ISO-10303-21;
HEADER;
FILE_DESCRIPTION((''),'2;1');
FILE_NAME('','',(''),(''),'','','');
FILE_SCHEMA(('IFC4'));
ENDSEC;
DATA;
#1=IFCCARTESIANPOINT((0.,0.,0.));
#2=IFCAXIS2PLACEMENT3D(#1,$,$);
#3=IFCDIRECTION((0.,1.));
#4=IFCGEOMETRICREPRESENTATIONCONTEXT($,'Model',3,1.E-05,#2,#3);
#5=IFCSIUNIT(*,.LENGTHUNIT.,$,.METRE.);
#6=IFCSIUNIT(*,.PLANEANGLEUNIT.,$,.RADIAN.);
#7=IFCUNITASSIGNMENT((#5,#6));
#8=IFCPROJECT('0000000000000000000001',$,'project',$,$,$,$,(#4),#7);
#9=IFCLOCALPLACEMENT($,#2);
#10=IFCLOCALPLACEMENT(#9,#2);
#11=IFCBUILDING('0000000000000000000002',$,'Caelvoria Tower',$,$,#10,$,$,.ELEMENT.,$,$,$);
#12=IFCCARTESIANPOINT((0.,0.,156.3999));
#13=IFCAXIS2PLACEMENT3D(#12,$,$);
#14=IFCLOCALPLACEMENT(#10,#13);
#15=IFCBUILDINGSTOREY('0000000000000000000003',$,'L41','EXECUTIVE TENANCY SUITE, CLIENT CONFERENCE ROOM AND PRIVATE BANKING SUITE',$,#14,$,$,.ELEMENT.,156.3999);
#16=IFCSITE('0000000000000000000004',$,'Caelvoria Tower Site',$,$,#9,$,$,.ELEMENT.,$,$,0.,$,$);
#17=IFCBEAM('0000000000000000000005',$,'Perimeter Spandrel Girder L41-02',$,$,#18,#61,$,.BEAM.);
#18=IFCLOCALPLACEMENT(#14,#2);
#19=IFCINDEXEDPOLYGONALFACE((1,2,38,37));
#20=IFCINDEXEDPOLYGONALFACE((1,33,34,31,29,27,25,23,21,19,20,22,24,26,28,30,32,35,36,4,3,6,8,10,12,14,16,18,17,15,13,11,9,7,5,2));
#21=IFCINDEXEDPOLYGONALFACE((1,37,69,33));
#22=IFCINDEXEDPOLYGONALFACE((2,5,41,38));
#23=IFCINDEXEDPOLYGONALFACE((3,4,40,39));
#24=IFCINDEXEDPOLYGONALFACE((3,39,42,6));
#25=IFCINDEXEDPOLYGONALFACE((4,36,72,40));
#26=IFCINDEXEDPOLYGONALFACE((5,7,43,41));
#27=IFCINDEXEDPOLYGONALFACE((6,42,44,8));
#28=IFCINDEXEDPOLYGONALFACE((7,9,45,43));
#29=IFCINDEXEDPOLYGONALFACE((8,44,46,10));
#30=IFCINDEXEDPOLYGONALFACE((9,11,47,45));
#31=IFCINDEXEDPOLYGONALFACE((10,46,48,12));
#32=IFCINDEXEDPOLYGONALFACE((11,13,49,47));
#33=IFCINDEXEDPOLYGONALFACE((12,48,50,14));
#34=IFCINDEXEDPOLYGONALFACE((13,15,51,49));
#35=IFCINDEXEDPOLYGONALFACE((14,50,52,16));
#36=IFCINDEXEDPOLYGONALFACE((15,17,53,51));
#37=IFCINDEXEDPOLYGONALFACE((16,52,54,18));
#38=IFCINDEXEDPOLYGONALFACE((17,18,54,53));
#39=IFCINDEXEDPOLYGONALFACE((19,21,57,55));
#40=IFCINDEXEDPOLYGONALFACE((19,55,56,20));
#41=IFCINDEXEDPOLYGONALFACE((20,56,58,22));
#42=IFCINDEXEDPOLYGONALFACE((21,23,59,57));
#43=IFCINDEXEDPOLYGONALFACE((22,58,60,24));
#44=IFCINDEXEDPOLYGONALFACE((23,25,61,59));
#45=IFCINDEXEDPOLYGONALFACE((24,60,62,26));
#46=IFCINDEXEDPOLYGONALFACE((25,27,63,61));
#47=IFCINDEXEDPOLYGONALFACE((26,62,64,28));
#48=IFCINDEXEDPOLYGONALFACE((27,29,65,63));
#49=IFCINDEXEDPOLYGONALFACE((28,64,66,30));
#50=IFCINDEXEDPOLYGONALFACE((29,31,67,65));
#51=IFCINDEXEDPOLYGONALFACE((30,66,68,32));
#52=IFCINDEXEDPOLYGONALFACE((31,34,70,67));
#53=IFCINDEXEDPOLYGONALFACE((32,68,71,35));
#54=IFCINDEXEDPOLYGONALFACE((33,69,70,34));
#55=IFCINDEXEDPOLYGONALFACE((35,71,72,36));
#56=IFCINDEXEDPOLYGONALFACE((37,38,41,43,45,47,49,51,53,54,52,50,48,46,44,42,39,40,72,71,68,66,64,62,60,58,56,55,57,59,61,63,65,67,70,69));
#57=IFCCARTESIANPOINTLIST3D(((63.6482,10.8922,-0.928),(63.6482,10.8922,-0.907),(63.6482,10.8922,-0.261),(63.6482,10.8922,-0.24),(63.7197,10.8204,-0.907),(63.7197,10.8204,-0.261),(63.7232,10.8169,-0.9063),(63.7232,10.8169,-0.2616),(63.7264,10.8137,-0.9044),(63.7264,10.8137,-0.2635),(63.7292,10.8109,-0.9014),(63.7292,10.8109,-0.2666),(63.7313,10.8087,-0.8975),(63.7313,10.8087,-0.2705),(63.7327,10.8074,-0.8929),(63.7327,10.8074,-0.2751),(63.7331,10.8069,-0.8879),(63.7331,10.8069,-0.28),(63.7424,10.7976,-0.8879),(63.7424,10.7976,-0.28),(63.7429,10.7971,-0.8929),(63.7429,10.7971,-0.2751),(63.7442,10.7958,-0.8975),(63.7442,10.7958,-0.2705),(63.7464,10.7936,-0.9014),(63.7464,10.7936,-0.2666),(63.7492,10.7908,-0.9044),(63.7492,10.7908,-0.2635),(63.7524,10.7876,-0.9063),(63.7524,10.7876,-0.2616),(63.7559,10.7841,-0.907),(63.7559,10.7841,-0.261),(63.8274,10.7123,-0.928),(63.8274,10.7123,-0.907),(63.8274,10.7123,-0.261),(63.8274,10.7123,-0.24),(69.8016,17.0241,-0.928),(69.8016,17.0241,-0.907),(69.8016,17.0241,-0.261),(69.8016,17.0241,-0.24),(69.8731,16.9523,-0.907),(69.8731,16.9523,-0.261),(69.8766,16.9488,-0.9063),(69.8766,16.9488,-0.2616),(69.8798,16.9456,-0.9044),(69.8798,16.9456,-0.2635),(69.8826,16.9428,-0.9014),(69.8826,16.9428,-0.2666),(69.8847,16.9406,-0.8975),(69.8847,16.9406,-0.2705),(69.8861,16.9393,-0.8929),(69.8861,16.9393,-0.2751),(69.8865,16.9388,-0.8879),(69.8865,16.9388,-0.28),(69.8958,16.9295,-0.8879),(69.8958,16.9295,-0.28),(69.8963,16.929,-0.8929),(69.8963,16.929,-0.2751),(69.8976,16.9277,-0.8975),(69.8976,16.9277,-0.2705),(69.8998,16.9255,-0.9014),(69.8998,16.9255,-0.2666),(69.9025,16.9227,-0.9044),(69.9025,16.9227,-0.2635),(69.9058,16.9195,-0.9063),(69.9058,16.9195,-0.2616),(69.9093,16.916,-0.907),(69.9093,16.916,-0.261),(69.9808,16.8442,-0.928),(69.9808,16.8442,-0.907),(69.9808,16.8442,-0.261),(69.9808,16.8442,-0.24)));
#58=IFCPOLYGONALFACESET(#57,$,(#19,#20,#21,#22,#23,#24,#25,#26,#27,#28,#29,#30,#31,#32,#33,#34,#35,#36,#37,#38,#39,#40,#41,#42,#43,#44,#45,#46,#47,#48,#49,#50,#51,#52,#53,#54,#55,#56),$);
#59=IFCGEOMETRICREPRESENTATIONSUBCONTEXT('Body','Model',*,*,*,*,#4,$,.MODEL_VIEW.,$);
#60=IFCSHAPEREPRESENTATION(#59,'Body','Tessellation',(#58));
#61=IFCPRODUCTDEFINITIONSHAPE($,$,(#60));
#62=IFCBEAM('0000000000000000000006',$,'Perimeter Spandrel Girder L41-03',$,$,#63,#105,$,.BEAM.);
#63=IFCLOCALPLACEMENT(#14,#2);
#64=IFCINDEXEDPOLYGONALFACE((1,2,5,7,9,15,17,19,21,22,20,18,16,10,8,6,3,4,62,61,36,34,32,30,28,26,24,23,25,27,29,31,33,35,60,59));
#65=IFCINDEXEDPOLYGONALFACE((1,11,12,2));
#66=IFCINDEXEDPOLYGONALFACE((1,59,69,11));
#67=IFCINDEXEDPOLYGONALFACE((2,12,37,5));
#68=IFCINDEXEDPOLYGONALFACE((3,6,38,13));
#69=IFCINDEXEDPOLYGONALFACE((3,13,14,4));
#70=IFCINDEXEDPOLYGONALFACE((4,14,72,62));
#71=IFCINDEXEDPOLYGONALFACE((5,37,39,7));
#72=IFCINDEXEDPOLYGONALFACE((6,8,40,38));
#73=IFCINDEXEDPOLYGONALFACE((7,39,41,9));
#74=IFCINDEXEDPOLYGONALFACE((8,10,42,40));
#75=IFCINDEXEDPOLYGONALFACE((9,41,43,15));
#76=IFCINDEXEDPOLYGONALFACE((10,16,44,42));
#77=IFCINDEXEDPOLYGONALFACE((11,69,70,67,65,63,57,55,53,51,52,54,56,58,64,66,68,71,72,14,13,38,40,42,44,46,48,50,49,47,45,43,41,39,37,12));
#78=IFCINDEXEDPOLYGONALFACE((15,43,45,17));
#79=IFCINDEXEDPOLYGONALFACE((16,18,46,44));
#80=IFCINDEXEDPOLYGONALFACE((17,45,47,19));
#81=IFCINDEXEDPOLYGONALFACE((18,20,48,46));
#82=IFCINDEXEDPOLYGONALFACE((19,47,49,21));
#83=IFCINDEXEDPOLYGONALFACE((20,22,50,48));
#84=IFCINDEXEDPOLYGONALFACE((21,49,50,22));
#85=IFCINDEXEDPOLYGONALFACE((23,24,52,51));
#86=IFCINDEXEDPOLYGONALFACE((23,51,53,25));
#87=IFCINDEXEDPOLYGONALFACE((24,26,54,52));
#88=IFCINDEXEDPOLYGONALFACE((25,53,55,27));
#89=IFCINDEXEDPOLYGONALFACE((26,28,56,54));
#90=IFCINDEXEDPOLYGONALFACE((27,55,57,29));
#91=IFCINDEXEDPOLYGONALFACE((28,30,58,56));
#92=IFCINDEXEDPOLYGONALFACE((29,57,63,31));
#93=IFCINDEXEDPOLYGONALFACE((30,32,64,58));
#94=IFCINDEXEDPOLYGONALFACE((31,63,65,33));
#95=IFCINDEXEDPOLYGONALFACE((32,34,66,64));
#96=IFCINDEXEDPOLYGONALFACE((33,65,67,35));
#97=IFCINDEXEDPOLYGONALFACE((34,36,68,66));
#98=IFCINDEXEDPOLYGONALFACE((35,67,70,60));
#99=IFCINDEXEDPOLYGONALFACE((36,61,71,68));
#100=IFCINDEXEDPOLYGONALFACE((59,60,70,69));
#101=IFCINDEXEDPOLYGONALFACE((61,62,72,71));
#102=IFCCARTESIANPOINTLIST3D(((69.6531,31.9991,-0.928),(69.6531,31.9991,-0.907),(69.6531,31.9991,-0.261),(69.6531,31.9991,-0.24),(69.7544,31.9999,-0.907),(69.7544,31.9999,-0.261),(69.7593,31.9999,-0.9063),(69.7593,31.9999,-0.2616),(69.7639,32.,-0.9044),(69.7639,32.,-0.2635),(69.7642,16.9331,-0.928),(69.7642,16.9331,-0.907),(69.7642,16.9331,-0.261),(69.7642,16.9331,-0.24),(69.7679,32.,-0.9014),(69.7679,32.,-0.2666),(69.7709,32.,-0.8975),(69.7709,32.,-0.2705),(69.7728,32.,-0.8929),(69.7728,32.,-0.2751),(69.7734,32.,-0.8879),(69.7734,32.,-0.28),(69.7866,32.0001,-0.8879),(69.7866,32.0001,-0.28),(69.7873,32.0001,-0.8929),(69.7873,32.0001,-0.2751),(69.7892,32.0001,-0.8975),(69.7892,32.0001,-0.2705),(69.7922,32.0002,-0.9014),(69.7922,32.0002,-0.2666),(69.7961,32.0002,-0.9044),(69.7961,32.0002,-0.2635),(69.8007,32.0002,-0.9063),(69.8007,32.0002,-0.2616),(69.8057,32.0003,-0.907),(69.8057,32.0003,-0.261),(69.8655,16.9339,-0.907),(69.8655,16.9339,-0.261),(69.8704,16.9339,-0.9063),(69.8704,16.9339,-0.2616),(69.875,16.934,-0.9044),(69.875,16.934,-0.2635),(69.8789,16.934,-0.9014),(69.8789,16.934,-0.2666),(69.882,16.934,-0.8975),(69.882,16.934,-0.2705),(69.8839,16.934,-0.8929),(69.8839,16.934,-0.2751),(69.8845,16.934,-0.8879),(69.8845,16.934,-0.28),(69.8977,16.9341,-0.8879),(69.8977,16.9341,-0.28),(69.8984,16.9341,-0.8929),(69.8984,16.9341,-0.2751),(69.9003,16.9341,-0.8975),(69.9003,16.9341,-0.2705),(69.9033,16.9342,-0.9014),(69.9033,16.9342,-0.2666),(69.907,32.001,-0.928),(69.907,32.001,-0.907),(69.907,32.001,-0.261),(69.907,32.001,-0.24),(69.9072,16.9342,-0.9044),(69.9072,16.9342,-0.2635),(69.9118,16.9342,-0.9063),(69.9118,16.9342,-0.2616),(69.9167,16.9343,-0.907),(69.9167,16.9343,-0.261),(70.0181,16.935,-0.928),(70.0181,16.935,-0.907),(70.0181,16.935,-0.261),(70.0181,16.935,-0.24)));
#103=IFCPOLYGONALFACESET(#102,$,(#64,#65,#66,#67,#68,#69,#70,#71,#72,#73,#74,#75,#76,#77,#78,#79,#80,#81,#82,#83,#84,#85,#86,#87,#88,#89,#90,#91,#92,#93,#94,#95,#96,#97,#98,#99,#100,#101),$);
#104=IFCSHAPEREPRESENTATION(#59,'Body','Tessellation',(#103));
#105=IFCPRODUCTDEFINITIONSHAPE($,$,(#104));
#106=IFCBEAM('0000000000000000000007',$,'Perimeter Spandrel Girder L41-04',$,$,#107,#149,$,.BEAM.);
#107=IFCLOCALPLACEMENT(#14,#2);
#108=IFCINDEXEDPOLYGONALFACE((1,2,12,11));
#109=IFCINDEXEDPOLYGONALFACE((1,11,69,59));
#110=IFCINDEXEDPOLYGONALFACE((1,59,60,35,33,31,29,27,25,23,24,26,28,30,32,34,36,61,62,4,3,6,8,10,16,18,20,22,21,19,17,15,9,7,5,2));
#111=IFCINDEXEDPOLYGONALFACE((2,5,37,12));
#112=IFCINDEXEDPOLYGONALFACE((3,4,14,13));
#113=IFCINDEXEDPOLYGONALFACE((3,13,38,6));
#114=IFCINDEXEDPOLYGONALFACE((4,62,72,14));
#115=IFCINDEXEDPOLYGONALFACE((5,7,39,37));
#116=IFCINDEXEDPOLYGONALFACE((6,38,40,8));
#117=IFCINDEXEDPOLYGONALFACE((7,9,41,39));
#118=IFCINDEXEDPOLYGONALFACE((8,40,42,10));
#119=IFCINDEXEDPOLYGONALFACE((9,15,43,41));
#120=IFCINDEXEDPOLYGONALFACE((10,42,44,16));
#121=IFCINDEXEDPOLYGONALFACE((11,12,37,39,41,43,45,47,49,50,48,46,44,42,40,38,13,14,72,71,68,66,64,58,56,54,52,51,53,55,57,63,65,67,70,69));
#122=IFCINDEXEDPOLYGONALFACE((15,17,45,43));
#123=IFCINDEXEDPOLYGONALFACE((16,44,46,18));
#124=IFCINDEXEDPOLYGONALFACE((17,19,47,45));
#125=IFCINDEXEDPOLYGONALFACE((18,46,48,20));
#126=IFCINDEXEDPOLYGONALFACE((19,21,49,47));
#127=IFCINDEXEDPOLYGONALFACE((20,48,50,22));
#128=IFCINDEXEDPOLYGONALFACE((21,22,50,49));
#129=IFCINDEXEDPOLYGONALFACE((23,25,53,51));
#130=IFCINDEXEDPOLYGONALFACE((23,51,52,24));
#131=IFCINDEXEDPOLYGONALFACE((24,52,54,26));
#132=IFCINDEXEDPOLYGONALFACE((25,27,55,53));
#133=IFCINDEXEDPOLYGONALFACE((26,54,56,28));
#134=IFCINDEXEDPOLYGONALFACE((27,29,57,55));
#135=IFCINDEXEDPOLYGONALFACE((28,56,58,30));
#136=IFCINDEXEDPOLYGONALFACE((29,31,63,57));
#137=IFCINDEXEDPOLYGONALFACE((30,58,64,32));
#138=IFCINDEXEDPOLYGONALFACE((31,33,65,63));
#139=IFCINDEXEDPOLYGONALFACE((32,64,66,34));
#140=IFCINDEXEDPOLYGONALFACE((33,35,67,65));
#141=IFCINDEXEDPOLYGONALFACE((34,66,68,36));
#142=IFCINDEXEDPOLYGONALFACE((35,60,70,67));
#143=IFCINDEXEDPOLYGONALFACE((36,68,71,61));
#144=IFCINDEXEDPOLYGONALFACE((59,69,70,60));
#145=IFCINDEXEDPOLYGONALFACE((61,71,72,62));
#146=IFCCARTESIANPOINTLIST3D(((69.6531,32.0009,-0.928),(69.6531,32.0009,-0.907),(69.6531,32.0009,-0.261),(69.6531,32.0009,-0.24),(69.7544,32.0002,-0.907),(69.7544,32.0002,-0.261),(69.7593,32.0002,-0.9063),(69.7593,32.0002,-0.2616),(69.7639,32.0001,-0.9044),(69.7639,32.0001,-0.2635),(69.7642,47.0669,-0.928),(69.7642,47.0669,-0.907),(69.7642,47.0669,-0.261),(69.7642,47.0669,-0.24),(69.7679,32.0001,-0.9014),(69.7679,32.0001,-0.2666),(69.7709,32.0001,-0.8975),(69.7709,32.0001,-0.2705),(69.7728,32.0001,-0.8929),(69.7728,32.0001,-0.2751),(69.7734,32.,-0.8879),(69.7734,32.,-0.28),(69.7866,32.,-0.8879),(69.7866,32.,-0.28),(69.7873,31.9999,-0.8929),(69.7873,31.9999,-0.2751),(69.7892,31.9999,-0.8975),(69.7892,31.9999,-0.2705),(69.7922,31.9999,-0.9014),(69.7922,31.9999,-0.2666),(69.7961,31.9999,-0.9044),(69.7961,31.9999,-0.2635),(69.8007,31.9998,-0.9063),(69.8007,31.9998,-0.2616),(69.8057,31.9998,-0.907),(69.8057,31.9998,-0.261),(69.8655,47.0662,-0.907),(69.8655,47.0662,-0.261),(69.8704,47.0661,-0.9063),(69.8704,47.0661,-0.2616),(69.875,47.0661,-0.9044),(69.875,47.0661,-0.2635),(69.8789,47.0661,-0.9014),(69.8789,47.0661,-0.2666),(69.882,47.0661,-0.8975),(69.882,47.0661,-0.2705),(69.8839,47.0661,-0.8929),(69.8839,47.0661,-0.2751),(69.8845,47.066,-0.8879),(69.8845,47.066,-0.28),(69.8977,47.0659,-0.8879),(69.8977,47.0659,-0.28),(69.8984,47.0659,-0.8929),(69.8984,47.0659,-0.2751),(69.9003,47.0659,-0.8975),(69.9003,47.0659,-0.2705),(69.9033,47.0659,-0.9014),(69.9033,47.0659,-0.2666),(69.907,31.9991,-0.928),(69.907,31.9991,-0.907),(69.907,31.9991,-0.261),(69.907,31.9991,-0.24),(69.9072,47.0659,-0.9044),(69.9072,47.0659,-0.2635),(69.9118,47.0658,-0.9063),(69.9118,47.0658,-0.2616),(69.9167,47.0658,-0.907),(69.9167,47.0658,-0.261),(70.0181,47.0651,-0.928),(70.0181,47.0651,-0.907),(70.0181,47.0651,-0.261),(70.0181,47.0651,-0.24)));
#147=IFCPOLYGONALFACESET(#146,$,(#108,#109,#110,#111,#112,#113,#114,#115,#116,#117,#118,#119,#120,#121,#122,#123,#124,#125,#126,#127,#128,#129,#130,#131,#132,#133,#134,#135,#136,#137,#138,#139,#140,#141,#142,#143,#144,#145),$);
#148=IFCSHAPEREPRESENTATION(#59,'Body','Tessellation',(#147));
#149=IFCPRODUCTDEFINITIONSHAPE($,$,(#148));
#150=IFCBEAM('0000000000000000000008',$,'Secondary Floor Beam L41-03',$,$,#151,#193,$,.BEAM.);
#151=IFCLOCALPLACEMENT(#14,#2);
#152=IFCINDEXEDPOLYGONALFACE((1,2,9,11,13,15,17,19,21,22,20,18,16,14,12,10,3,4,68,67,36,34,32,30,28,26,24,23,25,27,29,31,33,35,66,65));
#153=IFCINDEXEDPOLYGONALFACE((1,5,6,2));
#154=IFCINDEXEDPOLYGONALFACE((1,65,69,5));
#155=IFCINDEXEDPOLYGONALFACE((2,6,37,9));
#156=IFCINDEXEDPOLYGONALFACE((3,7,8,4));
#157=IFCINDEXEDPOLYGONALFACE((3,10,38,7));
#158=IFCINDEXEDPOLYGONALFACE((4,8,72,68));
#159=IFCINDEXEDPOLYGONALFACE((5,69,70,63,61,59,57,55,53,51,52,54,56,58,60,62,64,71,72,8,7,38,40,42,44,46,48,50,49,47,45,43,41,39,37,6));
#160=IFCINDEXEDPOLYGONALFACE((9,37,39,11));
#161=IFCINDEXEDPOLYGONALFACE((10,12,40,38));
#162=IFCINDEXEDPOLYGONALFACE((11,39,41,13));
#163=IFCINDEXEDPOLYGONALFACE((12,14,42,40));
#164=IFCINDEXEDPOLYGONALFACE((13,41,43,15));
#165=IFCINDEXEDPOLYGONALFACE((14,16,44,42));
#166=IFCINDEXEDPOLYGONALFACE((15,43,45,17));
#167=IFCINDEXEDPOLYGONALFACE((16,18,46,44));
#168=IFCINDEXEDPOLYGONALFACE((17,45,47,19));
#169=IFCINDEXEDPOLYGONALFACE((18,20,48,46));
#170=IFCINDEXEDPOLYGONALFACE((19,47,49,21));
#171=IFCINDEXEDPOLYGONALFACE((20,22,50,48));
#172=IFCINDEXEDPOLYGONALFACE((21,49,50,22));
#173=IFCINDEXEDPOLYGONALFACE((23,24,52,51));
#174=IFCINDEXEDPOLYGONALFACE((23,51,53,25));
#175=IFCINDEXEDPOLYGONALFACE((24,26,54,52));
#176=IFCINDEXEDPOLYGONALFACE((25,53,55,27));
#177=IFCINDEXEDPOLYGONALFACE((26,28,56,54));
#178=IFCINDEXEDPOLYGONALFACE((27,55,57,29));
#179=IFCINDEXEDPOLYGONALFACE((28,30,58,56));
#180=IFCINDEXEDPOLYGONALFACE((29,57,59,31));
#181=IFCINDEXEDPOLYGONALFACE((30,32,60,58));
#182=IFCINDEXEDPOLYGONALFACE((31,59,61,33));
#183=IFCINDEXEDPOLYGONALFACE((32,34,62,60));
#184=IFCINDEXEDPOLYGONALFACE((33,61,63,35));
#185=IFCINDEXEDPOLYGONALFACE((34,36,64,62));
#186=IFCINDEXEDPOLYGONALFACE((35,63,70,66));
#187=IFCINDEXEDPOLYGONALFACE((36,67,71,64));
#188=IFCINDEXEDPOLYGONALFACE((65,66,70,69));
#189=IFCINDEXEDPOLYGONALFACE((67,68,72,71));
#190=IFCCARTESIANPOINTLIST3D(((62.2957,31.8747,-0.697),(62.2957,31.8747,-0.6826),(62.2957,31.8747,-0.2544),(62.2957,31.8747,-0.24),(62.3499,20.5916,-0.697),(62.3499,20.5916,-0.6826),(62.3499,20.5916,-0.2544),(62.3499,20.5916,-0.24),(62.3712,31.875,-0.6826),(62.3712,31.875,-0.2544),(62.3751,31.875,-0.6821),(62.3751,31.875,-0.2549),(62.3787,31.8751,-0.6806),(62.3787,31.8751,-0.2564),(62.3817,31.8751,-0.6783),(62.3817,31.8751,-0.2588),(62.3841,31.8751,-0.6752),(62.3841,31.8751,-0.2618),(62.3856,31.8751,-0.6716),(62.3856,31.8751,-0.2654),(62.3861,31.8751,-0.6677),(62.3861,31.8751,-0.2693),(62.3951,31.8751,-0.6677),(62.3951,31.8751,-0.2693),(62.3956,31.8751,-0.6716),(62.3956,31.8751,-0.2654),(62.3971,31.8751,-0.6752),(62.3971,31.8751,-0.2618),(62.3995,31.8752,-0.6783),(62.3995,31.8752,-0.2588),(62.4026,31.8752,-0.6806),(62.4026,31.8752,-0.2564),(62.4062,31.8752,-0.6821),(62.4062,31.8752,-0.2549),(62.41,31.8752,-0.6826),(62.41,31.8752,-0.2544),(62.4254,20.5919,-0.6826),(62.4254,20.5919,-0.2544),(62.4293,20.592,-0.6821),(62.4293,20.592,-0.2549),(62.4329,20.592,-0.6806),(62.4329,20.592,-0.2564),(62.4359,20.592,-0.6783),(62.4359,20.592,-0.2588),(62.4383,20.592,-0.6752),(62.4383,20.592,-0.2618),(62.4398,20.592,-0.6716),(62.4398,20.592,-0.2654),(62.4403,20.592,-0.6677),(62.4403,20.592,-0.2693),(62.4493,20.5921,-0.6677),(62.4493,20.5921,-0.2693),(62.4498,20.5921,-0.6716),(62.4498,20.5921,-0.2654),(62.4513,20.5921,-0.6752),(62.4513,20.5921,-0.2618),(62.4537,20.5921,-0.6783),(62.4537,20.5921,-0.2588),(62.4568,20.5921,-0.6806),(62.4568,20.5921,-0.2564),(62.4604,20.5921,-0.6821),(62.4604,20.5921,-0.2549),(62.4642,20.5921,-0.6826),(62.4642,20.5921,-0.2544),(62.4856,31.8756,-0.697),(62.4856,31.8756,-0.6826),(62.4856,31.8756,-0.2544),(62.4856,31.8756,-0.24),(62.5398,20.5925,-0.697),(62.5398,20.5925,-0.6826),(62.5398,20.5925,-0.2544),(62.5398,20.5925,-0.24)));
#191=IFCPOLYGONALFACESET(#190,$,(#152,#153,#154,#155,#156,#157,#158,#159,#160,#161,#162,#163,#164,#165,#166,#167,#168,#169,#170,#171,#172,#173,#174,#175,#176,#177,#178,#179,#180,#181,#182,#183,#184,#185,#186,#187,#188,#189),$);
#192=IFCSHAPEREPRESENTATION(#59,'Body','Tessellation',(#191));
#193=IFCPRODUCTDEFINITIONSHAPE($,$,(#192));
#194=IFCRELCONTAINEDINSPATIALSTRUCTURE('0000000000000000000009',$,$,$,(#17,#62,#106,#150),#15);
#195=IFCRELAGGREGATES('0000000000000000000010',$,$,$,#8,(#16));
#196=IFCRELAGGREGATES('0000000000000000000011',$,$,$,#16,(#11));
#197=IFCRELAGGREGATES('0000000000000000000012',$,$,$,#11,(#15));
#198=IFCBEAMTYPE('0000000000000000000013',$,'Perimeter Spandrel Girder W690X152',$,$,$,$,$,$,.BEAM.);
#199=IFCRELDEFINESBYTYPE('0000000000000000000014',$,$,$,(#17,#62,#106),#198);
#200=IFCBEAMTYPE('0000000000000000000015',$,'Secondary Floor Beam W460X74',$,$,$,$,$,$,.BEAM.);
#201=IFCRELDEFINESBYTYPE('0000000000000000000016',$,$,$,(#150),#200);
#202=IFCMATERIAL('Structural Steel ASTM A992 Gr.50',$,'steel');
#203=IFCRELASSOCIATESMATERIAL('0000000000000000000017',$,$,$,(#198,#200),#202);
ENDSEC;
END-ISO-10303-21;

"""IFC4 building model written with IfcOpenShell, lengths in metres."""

from ifc_helpers import new_model, si_unit, direction, frame, origin, origin_2d, place, context, subcontext, project, spatial, i_section, extrude, material, material_profile, profile_set, type_object, element, save


model = new_model("IFC4")

# Units and contexts
model_context = context("Model", 3, precision=1e-05, world=origin(), true_north=direction((0.0, 1.0)))
body_context = subcontext(model_context, "Body", "Model", "MODEL_VIEW")
ifc_project = project(units=[si_unit("LENGTHUNIT", "METRE"), si_unit("PLANEANGLEUNIT", "RADIAN")], contexts=[model_context])

# Site, building, storey
site_placement = place(None, origin())
site = spatial("IfcSite", under=ifc_project, at=site_placement, Name="Caelvoria Tower Site", CompositionType="ELEMENT", RefElevation=0.0)
building_placement = place(site_placement, origin())
building = spatial("IfcBuilding", under=site, at=building_placement, Name="Caelvoria Tower", CompositionType="ELEMENT")
storey_placement = place(building_placement, frame((0.0, 0.0, 156.3999)))
storey = spatial("IfcBuildingStorey", under=building, at=storey_placement, Name="L41", Description="EXECUTIVE TENANCY SUITE, CLIENT CONFERENCE ROOM AND PRIVATE BANKING SUITE", CompositionType="ELEMENT", Elevation=156.3999)

# Shared definitions
ifc_material_1 = material(Name="Structural Steel ASTM A992 Gr.50", Category="steel")

# Beams
ifc_material_profile_1 = material_profile(ifc_material_1, i_section(OverallWidth=0.2539, OverallDepth=0.688, WebThickness=0.0132, FlangeThickness=0.021, FilletRadius=0.019, at=origin_2d()), Name="Structural Steel ASTM A992 Gr.50")
ifc_profile_set_1 = profile_set([ifc_material_profile_1], Name="W690X152 - Structural Steel ASTM A992 Gr.50")
beam_type_1 = type_object("IfcBeamType", Name="Perimeter Spandrel Girder W690X152", PredefinedType="BEAM", material=ifc_profile_set_1)
beam_1_placement = place(storey_placement, frame((63.7378, 10.8022, -0.584), z_axis=(0.708342, 0.705869, 0.0), x_axis=(-0.705869, 0.708342, 0.0)))
element("IfcBeam", 1, at=beam_1_placement, inside=storey, type_object=beam_type_1, Name="Perimeter Spandrel Girder L41-02", PredefinedType="BEAM", context=body_context, shape_type="SweptSolid", body=[
    extrude(i_section(OverallWidth=0.2539, OverallDepth=0.688, WebThickness=0.0132, FlangeThickness=0.021, FilletRadius=0.019, at=origin_2d()), origin(), (0.0, 0.0, 1.0), 8.687),
])
for number, where, z_axis, x_axis, name in (
    (2, (69.8911, 16.9341, -0.584), (-0.007373, 0.999973, 0.0), (-0.999973, -0.007373, 0.0), "Perimeter Spandrel Girder L41-03"),
    (3, (69.78, 32.0, -0.584), (0.007373, 0.999973, 0.0), (-0.999973, 0.007373, 0.0), "Perimeter Spandrel Girder L41-04"),
):
    element("IfcBeam", number, at=place(storey_placement, frame(where, z_axis=z_axis, x_axis=x_axis)), inside=storey, type_object=beam_type_1, Name=name, PredefinedType="BEAM", context=body_context, shape_type="SweptSolid", body=[
        extrude(i_section(OverallWidth=0.2539, OverallDepth=0.688, WebThickness=0.0132, FlangeThickness=0.021, FilletRadius=0.019, at=origin_2d()), origin(), (0.0, 0.0, 1.0), 15.0664),
    ])
ifc_material_profile_2 = material_profile(ifc_material_1, i_section(OverallWidth=0.1899, OverallDepth=0.457, WebThickness=0.009, FlangeThickness=0.0144, FilletRadius=0.0149, at=origin_2d()), Name="Structural Steel ASTM A992 Gr.50")
ifc_profile_set_2 = profile_set([ifc_material_profile_2], Name="W460X74 - Structural Steel ASTM A992 Gr.50")
beam_type_2 = type_object("IfcBeamType", Name="Secondary Floor Beam W460X74", PredefinedType="BEAM", material=ifc_profile_set_2)
beam_2_placement = place(storey_placement, frame((62.4448, 20.592, -0.4685), z_axis=(-0.004804, 0.999988, 0.0), x_axis=(-0.999988, -0.004804, 0.0)))
element("IfcBeam", 4, at=beam_2_placement, inside=storey, type_object=beam_type_2, Name="Secondary Floor Beam L41-03", PredefinedType="BEAM", context=body_context, shape_type="SweptSolid", body=[
    extrude(i_section(OverallWidth=0.1899, OverallDepth=0.457, WebThickness=0.009, FlangeThickness=0.0144, FilletRadius=0.0149, at=origin_2d()), origin(), (0.0, 0.0, 1.0), 11.2832),
])

save(model, "model.ifc")
